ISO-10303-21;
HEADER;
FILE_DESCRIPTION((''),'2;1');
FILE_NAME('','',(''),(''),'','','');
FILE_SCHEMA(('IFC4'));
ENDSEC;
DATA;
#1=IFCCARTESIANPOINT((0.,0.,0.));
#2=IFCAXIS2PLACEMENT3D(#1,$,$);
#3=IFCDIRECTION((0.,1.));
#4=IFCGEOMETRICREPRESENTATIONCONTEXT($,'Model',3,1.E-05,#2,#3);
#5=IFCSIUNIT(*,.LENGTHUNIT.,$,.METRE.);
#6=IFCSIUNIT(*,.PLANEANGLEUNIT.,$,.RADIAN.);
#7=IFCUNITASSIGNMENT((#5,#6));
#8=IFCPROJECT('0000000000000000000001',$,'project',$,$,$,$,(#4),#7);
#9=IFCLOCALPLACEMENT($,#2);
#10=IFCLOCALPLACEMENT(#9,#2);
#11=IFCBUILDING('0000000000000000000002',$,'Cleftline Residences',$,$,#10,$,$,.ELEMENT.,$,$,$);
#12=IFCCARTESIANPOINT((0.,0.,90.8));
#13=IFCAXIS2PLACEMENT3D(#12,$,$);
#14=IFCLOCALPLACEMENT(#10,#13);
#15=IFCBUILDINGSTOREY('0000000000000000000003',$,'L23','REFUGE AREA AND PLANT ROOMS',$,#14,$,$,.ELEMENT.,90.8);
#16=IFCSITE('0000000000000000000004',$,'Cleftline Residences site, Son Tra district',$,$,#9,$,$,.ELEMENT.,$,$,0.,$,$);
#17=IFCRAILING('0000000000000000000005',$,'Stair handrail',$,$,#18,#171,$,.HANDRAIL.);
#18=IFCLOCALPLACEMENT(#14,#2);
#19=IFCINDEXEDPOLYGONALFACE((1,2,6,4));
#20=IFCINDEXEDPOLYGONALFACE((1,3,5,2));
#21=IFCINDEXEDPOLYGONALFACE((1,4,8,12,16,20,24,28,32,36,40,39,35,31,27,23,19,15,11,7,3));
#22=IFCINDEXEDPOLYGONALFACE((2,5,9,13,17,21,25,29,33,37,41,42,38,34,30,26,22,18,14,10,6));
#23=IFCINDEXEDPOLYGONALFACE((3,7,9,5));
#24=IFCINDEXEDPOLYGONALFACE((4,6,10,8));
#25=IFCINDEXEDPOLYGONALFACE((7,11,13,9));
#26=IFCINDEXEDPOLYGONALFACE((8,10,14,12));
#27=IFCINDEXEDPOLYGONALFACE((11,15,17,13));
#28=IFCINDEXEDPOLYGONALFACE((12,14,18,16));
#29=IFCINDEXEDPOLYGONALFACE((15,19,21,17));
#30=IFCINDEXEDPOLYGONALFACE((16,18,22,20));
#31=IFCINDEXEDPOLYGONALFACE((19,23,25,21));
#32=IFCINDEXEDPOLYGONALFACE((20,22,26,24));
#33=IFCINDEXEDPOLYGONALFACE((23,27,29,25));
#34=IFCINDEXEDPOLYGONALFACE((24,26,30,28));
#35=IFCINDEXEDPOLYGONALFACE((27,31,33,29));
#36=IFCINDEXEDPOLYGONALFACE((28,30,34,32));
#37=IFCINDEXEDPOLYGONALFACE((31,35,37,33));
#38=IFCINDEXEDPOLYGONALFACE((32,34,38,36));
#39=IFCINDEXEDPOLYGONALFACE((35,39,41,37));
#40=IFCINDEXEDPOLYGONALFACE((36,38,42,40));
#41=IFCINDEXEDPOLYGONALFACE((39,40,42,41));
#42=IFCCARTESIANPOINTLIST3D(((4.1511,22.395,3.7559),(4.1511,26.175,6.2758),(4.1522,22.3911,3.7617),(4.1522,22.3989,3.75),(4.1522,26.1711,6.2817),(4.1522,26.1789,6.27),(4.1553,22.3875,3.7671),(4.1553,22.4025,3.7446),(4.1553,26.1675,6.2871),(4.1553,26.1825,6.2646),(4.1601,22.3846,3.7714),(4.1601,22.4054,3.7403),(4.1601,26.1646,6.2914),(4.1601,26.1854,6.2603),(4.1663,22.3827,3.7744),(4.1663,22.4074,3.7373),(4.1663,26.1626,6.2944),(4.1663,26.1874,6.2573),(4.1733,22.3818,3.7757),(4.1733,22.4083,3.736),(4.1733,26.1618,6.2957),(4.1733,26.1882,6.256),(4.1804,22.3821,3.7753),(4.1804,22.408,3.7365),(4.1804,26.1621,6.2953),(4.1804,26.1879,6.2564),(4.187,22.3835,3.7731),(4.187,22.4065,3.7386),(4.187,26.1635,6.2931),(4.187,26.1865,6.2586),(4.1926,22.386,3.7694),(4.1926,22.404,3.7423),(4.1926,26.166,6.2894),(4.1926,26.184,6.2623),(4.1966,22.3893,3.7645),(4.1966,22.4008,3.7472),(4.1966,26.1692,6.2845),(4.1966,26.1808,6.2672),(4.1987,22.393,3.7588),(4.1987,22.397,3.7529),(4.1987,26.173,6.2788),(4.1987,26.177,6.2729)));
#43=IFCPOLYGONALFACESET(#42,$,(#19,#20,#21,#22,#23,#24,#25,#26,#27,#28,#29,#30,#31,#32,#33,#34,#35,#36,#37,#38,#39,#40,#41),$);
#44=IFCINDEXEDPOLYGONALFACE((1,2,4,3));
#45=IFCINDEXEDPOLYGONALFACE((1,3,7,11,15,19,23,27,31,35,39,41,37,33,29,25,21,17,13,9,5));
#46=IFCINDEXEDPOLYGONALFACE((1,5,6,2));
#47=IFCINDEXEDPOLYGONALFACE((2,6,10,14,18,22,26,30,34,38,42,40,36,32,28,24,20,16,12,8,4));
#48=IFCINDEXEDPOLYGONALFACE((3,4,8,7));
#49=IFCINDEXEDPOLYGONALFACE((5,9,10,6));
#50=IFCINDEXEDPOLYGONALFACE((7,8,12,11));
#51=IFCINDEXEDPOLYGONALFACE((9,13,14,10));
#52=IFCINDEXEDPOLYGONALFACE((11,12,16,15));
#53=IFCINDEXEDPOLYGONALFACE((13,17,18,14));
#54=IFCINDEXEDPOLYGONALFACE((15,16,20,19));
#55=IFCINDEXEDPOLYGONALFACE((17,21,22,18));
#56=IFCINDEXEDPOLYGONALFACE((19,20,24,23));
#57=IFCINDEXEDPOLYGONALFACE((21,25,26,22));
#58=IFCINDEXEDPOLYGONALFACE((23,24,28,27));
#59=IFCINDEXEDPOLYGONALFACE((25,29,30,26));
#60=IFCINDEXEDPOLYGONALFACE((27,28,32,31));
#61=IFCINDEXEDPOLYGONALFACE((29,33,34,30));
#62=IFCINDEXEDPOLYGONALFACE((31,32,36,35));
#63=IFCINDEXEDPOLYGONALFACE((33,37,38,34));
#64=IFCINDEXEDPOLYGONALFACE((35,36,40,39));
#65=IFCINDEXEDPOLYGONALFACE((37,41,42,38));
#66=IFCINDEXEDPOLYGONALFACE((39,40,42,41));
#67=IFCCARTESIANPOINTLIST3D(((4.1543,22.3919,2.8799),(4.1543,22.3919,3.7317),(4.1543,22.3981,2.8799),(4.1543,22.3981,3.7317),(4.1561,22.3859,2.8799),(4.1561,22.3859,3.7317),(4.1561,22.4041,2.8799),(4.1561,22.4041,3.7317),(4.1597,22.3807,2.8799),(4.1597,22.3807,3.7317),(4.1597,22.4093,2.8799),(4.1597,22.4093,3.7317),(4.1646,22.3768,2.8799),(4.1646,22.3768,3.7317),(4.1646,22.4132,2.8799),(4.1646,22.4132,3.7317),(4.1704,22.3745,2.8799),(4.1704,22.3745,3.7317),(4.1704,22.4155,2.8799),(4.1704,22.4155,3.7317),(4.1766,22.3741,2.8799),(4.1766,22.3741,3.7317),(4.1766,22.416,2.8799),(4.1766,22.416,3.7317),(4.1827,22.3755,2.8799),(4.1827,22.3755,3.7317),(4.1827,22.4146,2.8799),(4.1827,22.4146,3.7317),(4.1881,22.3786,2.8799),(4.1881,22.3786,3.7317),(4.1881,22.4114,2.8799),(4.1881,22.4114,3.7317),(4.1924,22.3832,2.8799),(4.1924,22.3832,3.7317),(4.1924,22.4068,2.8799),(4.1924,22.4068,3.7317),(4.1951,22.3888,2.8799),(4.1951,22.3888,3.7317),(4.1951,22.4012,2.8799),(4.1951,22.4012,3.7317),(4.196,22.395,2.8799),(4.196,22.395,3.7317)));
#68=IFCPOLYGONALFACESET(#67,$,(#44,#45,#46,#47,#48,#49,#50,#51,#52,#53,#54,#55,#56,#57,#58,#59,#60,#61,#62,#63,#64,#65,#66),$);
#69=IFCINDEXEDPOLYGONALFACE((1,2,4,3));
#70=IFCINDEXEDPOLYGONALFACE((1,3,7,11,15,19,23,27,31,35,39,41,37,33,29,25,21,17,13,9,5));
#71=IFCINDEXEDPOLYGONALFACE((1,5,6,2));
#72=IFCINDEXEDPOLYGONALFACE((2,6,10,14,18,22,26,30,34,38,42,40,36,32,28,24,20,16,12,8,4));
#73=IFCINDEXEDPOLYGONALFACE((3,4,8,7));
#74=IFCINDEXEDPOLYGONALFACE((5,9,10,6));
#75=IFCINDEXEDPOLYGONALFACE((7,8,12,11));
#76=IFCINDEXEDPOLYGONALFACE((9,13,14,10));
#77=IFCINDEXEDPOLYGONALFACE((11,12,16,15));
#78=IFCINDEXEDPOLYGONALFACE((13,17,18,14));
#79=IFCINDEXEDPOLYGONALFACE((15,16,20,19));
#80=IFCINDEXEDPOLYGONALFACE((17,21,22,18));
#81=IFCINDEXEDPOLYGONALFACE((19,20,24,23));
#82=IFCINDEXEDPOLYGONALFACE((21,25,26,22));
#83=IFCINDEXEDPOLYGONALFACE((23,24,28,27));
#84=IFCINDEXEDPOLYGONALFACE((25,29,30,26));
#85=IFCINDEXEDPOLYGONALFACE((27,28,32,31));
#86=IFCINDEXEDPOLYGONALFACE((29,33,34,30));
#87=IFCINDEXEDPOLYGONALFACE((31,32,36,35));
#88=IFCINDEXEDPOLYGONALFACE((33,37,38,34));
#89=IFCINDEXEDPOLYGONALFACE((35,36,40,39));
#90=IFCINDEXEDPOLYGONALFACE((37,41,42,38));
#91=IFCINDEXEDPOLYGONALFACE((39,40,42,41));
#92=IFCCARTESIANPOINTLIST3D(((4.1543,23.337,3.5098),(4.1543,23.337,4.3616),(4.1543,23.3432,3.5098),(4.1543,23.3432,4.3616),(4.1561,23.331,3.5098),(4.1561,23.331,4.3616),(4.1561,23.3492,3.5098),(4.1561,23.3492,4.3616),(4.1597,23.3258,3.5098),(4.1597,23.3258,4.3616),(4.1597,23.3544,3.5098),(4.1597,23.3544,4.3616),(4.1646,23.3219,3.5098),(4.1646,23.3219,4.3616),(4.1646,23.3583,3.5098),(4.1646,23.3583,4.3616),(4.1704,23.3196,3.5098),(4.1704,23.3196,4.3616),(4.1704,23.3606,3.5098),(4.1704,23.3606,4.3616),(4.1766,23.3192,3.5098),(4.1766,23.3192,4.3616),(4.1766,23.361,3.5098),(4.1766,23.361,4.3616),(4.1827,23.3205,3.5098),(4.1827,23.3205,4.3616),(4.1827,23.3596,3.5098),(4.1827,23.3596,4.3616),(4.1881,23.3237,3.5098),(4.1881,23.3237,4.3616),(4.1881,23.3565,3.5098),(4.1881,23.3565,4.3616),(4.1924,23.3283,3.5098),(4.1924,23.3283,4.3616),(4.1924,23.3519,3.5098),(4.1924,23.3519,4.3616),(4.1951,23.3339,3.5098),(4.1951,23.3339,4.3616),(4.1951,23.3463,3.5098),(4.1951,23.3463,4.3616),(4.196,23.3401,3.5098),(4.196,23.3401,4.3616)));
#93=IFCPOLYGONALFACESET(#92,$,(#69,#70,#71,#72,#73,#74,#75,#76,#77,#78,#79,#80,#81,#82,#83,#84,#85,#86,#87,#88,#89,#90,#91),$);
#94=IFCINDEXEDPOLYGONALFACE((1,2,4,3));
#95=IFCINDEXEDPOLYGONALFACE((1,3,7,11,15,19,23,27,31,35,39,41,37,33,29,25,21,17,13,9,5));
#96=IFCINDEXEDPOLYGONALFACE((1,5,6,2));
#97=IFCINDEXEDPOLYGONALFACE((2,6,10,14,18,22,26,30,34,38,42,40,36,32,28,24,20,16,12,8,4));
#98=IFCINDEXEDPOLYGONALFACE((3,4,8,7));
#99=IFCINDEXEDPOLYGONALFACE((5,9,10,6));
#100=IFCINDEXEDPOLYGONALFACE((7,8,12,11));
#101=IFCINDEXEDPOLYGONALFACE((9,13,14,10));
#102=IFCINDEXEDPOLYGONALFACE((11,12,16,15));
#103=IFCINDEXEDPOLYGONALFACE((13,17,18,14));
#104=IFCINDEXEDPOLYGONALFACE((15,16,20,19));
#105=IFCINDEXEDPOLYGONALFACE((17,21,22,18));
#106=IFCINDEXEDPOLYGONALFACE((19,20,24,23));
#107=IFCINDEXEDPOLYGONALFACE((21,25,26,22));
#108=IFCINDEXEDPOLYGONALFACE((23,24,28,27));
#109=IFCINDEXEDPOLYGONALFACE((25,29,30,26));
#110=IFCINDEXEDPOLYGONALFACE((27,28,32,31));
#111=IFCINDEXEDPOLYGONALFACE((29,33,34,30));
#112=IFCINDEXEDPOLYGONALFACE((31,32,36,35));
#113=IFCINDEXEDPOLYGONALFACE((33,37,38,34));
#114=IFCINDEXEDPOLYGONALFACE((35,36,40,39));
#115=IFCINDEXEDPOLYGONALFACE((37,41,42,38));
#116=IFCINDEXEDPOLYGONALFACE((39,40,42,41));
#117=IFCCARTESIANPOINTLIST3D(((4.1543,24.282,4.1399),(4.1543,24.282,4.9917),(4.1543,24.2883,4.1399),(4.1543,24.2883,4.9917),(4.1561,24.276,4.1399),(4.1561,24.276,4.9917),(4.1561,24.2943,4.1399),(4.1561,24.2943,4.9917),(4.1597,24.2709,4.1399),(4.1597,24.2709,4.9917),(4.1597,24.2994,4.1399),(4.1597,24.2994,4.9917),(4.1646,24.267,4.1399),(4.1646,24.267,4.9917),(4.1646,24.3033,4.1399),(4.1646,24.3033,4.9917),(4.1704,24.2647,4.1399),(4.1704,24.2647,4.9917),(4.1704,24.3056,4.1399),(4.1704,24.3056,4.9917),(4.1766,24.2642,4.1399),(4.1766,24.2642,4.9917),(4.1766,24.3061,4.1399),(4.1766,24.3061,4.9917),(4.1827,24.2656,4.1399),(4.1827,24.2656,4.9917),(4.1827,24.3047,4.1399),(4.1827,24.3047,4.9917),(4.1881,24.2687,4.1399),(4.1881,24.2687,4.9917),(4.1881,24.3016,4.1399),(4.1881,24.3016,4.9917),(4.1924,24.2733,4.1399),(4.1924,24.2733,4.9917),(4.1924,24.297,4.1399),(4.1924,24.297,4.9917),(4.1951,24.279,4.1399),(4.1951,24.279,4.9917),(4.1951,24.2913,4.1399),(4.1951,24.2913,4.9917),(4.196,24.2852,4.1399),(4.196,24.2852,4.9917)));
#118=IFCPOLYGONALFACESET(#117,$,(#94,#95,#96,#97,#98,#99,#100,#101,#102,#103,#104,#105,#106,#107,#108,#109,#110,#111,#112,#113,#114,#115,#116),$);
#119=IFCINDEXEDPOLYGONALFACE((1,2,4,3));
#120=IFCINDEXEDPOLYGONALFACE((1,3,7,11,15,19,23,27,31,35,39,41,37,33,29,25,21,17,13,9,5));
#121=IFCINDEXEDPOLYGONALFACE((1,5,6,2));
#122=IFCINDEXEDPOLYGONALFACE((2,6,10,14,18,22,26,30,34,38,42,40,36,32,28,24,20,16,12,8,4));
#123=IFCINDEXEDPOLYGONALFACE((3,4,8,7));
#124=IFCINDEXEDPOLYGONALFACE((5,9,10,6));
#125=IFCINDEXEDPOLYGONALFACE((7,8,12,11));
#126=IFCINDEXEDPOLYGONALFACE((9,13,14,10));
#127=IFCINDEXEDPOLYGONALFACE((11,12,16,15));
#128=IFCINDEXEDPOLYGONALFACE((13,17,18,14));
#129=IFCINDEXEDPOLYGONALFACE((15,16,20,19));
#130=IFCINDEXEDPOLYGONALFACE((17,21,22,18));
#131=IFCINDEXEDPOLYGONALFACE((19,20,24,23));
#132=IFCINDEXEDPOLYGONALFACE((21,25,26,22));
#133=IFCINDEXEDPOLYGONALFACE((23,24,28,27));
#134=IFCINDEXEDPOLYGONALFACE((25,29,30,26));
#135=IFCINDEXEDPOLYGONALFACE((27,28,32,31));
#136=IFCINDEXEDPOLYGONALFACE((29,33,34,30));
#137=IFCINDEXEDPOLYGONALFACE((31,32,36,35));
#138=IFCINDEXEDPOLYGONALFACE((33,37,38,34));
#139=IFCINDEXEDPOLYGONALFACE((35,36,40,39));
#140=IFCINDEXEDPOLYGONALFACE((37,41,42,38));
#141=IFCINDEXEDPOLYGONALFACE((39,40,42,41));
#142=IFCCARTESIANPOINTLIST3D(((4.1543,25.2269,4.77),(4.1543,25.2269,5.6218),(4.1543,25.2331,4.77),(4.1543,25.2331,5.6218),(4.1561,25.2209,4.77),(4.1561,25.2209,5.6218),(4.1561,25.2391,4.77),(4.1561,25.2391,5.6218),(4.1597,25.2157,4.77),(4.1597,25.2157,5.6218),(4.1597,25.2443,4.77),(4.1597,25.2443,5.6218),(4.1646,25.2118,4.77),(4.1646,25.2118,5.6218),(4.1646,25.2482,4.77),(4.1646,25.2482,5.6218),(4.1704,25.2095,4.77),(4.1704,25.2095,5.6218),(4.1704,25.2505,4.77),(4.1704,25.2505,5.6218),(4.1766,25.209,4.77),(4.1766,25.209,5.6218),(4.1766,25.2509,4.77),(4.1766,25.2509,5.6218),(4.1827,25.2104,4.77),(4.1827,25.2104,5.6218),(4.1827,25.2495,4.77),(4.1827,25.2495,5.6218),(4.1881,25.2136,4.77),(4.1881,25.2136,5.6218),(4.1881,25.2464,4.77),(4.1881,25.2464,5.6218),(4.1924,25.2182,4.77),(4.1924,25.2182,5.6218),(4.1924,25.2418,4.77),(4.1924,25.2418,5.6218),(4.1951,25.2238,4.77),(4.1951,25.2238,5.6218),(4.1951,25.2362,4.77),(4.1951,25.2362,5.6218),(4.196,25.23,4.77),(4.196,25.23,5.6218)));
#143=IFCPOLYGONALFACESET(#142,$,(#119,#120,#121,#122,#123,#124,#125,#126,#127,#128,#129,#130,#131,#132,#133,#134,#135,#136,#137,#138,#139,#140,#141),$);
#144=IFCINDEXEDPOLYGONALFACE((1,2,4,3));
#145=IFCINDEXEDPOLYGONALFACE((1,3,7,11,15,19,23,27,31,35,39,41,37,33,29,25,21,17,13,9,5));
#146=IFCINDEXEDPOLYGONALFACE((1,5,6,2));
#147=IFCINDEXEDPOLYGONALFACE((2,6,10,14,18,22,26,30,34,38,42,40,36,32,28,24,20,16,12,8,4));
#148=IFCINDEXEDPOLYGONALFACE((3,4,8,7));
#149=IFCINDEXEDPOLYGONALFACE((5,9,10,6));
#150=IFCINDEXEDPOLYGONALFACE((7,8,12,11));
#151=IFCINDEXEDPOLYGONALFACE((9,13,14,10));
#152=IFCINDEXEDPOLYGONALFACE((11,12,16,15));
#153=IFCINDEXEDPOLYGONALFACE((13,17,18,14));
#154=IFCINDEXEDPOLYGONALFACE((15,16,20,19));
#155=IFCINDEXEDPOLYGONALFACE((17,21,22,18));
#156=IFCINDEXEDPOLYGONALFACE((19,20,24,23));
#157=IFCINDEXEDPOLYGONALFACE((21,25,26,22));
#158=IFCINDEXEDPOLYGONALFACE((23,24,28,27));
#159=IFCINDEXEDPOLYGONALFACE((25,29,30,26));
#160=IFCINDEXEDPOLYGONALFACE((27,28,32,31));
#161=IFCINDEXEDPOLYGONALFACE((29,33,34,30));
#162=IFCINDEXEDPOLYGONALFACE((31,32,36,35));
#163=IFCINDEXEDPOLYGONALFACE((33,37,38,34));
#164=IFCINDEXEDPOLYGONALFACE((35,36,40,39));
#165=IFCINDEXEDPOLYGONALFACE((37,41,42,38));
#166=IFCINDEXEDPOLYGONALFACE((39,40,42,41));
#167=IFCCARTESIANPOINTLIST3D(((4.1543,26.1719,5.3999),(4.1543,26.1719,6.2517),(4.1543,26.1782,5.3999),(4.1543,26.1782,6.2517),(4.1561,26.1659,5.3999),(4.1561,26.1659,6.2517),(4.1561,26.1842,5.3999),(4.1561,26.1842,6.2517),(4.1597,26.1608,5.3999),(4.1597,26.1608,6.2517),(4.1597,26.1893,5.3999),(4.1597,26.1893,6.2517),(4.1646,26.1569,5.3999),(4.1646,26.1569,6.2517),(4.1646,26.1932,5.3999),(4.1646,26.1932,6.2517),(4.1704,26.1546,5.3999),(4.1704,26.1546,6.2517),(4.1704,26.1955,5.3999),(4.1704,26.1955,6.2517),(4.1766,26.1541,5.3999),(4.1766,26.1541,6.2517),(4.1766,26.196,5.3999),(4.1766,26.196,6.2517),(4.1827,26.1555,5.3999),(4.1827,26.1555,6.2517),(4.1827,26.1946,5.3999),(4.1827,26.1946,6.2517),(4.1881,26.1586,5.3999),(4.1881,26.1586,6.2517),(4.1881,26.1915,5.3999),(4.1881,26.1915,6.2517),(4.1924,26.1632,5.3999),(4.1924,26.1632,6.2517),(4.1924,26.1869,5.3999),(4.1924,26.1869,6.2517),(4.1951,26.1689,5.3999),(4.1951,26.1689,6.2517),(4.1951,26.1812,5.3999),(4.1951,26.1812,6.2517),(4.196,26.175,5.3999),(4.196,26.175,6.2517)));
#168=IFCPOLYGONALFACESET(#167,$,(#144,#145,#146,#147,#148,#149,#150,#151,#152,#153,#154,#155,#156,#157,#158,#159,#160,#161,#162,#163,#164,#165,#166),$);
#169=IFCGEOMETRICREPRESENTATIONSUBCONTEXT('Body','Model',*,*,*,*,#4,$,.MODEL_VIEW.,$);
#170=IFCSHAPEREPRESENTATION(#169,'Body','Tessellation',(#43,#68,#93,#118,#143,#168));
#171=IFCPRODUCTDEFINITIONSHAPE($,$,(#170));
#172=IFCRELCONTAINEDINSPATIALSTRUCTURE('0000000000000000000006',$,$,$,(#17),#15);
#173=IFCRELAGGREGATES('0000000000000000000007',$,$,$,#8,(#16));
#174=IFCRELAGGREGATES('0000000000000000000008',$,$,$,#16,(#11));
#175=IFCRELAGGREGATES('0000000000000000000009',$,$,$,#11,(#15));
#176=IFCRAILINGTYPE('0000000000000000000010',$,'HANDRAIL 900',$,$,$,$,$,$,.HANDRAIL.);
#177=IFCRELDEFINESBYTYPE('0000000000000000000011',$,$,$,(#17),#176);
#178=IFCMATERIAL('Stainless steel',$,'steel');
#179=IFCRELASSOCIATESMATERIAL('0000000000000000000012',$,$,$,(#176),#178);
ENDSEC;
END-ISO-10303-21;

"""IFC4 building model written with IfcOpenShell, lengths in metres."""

from ifc_helpers import new_model, si_unit, direction, frame, origin, origin_2d, place, context, subcontext, project, spatial, circle, extrude, material, type_object, element, save


model = new_model("IFC4")

# Units and contexts
model_context = context("Model", 3, precision=1e-05, world=origin(), true_north=direction((0.0, 1.0)))
body_context = subcontext(model_context, "Body", "Model", "MODEL_VIEW")
ifc_project = project(units=[si_unit("LENGTHUNIT", "METRE"), si_unit("PLANEANGLEUNIT", "RADIAN")], contexts=[model_context])

# Site, building, storey
site_placement = place(None, origin())
site = spatial("IfcSite", under=ifc_project, at=site_placement, Name="Cleftline Residences site, Son Tra district", CompositionType="ELEMENT", RefElevation=0.0)
building_placement = place(site_placement, origin())
building = spatial("IfcBuilding", under=site, at=building_placement, Name="Cleftline Residences", CompositionType="ELEMENT")
storey_placement = place(building_placement, frame((0.0, 0.0, 90.8)))
storey = spatial("IfcBuildingStorey", under=building, at=storey_placement, Name="L23", Description="REFUGE AREA AND PLANT ROOMS", CompositionType="ELEMENT", Elevation=90.8)

# Railing
ifc_material_1 = material(Name="Stainless steel", Category="steel")
railing_type = type_object("IfcRailingType", Name="HANDRAIL 900", PredefinedType="HANDRAIL", material=ifc_material_1)
railing_placement = place(storey_placement, frame((4.175, 22.395, 2.8799)))
element("IfcRailing", 1, at=railing_placement, inside=storey, type_object=railing_type, Name="Stair handrail", PredefinedType="HANDRAIL", context=body_context, shape_type="SweptSolid", body=[
    extrude(circle(Radius=0.0239, at=origin_2d()), frame((0.0, 0.0, 0.876), z_axis=(0.0, 0.83205, 0.5547), x_axis=(-1.0, 0.0, 0.0)), (0.0, 0.0, 1.0), 4.543),
    extrude(circle(Radius=0.021, at=origin_2d()), origin(), (0.0, 0.0, 1.0), 0.8518),
    extrude(circle(Radius=0.021, at=origin_2d()), frame((0.0, 0.9451, 0.6299)), (0.0, 0.0, 1.0), 0.8518),
    extrude(circle(Radius=0.021, at=origin_2d()), frame((0.0, 1.8901, 1.26)), (0.0, 0.0, 1.0), 0.8518),
    extrude(circle(Radius=0.021, at=origin_2d()), frame((0.0, 2.835, 1.8901)), (0.0, 0.0, 1.0), 0.8518),
    extrude(circle(Radius=0.021, at=origin_2d()), frame((0.0, 3.78, 2.52)), (0.0, 0.0, 1.0), 0.8518),
])

save(model, "model.ifc")
